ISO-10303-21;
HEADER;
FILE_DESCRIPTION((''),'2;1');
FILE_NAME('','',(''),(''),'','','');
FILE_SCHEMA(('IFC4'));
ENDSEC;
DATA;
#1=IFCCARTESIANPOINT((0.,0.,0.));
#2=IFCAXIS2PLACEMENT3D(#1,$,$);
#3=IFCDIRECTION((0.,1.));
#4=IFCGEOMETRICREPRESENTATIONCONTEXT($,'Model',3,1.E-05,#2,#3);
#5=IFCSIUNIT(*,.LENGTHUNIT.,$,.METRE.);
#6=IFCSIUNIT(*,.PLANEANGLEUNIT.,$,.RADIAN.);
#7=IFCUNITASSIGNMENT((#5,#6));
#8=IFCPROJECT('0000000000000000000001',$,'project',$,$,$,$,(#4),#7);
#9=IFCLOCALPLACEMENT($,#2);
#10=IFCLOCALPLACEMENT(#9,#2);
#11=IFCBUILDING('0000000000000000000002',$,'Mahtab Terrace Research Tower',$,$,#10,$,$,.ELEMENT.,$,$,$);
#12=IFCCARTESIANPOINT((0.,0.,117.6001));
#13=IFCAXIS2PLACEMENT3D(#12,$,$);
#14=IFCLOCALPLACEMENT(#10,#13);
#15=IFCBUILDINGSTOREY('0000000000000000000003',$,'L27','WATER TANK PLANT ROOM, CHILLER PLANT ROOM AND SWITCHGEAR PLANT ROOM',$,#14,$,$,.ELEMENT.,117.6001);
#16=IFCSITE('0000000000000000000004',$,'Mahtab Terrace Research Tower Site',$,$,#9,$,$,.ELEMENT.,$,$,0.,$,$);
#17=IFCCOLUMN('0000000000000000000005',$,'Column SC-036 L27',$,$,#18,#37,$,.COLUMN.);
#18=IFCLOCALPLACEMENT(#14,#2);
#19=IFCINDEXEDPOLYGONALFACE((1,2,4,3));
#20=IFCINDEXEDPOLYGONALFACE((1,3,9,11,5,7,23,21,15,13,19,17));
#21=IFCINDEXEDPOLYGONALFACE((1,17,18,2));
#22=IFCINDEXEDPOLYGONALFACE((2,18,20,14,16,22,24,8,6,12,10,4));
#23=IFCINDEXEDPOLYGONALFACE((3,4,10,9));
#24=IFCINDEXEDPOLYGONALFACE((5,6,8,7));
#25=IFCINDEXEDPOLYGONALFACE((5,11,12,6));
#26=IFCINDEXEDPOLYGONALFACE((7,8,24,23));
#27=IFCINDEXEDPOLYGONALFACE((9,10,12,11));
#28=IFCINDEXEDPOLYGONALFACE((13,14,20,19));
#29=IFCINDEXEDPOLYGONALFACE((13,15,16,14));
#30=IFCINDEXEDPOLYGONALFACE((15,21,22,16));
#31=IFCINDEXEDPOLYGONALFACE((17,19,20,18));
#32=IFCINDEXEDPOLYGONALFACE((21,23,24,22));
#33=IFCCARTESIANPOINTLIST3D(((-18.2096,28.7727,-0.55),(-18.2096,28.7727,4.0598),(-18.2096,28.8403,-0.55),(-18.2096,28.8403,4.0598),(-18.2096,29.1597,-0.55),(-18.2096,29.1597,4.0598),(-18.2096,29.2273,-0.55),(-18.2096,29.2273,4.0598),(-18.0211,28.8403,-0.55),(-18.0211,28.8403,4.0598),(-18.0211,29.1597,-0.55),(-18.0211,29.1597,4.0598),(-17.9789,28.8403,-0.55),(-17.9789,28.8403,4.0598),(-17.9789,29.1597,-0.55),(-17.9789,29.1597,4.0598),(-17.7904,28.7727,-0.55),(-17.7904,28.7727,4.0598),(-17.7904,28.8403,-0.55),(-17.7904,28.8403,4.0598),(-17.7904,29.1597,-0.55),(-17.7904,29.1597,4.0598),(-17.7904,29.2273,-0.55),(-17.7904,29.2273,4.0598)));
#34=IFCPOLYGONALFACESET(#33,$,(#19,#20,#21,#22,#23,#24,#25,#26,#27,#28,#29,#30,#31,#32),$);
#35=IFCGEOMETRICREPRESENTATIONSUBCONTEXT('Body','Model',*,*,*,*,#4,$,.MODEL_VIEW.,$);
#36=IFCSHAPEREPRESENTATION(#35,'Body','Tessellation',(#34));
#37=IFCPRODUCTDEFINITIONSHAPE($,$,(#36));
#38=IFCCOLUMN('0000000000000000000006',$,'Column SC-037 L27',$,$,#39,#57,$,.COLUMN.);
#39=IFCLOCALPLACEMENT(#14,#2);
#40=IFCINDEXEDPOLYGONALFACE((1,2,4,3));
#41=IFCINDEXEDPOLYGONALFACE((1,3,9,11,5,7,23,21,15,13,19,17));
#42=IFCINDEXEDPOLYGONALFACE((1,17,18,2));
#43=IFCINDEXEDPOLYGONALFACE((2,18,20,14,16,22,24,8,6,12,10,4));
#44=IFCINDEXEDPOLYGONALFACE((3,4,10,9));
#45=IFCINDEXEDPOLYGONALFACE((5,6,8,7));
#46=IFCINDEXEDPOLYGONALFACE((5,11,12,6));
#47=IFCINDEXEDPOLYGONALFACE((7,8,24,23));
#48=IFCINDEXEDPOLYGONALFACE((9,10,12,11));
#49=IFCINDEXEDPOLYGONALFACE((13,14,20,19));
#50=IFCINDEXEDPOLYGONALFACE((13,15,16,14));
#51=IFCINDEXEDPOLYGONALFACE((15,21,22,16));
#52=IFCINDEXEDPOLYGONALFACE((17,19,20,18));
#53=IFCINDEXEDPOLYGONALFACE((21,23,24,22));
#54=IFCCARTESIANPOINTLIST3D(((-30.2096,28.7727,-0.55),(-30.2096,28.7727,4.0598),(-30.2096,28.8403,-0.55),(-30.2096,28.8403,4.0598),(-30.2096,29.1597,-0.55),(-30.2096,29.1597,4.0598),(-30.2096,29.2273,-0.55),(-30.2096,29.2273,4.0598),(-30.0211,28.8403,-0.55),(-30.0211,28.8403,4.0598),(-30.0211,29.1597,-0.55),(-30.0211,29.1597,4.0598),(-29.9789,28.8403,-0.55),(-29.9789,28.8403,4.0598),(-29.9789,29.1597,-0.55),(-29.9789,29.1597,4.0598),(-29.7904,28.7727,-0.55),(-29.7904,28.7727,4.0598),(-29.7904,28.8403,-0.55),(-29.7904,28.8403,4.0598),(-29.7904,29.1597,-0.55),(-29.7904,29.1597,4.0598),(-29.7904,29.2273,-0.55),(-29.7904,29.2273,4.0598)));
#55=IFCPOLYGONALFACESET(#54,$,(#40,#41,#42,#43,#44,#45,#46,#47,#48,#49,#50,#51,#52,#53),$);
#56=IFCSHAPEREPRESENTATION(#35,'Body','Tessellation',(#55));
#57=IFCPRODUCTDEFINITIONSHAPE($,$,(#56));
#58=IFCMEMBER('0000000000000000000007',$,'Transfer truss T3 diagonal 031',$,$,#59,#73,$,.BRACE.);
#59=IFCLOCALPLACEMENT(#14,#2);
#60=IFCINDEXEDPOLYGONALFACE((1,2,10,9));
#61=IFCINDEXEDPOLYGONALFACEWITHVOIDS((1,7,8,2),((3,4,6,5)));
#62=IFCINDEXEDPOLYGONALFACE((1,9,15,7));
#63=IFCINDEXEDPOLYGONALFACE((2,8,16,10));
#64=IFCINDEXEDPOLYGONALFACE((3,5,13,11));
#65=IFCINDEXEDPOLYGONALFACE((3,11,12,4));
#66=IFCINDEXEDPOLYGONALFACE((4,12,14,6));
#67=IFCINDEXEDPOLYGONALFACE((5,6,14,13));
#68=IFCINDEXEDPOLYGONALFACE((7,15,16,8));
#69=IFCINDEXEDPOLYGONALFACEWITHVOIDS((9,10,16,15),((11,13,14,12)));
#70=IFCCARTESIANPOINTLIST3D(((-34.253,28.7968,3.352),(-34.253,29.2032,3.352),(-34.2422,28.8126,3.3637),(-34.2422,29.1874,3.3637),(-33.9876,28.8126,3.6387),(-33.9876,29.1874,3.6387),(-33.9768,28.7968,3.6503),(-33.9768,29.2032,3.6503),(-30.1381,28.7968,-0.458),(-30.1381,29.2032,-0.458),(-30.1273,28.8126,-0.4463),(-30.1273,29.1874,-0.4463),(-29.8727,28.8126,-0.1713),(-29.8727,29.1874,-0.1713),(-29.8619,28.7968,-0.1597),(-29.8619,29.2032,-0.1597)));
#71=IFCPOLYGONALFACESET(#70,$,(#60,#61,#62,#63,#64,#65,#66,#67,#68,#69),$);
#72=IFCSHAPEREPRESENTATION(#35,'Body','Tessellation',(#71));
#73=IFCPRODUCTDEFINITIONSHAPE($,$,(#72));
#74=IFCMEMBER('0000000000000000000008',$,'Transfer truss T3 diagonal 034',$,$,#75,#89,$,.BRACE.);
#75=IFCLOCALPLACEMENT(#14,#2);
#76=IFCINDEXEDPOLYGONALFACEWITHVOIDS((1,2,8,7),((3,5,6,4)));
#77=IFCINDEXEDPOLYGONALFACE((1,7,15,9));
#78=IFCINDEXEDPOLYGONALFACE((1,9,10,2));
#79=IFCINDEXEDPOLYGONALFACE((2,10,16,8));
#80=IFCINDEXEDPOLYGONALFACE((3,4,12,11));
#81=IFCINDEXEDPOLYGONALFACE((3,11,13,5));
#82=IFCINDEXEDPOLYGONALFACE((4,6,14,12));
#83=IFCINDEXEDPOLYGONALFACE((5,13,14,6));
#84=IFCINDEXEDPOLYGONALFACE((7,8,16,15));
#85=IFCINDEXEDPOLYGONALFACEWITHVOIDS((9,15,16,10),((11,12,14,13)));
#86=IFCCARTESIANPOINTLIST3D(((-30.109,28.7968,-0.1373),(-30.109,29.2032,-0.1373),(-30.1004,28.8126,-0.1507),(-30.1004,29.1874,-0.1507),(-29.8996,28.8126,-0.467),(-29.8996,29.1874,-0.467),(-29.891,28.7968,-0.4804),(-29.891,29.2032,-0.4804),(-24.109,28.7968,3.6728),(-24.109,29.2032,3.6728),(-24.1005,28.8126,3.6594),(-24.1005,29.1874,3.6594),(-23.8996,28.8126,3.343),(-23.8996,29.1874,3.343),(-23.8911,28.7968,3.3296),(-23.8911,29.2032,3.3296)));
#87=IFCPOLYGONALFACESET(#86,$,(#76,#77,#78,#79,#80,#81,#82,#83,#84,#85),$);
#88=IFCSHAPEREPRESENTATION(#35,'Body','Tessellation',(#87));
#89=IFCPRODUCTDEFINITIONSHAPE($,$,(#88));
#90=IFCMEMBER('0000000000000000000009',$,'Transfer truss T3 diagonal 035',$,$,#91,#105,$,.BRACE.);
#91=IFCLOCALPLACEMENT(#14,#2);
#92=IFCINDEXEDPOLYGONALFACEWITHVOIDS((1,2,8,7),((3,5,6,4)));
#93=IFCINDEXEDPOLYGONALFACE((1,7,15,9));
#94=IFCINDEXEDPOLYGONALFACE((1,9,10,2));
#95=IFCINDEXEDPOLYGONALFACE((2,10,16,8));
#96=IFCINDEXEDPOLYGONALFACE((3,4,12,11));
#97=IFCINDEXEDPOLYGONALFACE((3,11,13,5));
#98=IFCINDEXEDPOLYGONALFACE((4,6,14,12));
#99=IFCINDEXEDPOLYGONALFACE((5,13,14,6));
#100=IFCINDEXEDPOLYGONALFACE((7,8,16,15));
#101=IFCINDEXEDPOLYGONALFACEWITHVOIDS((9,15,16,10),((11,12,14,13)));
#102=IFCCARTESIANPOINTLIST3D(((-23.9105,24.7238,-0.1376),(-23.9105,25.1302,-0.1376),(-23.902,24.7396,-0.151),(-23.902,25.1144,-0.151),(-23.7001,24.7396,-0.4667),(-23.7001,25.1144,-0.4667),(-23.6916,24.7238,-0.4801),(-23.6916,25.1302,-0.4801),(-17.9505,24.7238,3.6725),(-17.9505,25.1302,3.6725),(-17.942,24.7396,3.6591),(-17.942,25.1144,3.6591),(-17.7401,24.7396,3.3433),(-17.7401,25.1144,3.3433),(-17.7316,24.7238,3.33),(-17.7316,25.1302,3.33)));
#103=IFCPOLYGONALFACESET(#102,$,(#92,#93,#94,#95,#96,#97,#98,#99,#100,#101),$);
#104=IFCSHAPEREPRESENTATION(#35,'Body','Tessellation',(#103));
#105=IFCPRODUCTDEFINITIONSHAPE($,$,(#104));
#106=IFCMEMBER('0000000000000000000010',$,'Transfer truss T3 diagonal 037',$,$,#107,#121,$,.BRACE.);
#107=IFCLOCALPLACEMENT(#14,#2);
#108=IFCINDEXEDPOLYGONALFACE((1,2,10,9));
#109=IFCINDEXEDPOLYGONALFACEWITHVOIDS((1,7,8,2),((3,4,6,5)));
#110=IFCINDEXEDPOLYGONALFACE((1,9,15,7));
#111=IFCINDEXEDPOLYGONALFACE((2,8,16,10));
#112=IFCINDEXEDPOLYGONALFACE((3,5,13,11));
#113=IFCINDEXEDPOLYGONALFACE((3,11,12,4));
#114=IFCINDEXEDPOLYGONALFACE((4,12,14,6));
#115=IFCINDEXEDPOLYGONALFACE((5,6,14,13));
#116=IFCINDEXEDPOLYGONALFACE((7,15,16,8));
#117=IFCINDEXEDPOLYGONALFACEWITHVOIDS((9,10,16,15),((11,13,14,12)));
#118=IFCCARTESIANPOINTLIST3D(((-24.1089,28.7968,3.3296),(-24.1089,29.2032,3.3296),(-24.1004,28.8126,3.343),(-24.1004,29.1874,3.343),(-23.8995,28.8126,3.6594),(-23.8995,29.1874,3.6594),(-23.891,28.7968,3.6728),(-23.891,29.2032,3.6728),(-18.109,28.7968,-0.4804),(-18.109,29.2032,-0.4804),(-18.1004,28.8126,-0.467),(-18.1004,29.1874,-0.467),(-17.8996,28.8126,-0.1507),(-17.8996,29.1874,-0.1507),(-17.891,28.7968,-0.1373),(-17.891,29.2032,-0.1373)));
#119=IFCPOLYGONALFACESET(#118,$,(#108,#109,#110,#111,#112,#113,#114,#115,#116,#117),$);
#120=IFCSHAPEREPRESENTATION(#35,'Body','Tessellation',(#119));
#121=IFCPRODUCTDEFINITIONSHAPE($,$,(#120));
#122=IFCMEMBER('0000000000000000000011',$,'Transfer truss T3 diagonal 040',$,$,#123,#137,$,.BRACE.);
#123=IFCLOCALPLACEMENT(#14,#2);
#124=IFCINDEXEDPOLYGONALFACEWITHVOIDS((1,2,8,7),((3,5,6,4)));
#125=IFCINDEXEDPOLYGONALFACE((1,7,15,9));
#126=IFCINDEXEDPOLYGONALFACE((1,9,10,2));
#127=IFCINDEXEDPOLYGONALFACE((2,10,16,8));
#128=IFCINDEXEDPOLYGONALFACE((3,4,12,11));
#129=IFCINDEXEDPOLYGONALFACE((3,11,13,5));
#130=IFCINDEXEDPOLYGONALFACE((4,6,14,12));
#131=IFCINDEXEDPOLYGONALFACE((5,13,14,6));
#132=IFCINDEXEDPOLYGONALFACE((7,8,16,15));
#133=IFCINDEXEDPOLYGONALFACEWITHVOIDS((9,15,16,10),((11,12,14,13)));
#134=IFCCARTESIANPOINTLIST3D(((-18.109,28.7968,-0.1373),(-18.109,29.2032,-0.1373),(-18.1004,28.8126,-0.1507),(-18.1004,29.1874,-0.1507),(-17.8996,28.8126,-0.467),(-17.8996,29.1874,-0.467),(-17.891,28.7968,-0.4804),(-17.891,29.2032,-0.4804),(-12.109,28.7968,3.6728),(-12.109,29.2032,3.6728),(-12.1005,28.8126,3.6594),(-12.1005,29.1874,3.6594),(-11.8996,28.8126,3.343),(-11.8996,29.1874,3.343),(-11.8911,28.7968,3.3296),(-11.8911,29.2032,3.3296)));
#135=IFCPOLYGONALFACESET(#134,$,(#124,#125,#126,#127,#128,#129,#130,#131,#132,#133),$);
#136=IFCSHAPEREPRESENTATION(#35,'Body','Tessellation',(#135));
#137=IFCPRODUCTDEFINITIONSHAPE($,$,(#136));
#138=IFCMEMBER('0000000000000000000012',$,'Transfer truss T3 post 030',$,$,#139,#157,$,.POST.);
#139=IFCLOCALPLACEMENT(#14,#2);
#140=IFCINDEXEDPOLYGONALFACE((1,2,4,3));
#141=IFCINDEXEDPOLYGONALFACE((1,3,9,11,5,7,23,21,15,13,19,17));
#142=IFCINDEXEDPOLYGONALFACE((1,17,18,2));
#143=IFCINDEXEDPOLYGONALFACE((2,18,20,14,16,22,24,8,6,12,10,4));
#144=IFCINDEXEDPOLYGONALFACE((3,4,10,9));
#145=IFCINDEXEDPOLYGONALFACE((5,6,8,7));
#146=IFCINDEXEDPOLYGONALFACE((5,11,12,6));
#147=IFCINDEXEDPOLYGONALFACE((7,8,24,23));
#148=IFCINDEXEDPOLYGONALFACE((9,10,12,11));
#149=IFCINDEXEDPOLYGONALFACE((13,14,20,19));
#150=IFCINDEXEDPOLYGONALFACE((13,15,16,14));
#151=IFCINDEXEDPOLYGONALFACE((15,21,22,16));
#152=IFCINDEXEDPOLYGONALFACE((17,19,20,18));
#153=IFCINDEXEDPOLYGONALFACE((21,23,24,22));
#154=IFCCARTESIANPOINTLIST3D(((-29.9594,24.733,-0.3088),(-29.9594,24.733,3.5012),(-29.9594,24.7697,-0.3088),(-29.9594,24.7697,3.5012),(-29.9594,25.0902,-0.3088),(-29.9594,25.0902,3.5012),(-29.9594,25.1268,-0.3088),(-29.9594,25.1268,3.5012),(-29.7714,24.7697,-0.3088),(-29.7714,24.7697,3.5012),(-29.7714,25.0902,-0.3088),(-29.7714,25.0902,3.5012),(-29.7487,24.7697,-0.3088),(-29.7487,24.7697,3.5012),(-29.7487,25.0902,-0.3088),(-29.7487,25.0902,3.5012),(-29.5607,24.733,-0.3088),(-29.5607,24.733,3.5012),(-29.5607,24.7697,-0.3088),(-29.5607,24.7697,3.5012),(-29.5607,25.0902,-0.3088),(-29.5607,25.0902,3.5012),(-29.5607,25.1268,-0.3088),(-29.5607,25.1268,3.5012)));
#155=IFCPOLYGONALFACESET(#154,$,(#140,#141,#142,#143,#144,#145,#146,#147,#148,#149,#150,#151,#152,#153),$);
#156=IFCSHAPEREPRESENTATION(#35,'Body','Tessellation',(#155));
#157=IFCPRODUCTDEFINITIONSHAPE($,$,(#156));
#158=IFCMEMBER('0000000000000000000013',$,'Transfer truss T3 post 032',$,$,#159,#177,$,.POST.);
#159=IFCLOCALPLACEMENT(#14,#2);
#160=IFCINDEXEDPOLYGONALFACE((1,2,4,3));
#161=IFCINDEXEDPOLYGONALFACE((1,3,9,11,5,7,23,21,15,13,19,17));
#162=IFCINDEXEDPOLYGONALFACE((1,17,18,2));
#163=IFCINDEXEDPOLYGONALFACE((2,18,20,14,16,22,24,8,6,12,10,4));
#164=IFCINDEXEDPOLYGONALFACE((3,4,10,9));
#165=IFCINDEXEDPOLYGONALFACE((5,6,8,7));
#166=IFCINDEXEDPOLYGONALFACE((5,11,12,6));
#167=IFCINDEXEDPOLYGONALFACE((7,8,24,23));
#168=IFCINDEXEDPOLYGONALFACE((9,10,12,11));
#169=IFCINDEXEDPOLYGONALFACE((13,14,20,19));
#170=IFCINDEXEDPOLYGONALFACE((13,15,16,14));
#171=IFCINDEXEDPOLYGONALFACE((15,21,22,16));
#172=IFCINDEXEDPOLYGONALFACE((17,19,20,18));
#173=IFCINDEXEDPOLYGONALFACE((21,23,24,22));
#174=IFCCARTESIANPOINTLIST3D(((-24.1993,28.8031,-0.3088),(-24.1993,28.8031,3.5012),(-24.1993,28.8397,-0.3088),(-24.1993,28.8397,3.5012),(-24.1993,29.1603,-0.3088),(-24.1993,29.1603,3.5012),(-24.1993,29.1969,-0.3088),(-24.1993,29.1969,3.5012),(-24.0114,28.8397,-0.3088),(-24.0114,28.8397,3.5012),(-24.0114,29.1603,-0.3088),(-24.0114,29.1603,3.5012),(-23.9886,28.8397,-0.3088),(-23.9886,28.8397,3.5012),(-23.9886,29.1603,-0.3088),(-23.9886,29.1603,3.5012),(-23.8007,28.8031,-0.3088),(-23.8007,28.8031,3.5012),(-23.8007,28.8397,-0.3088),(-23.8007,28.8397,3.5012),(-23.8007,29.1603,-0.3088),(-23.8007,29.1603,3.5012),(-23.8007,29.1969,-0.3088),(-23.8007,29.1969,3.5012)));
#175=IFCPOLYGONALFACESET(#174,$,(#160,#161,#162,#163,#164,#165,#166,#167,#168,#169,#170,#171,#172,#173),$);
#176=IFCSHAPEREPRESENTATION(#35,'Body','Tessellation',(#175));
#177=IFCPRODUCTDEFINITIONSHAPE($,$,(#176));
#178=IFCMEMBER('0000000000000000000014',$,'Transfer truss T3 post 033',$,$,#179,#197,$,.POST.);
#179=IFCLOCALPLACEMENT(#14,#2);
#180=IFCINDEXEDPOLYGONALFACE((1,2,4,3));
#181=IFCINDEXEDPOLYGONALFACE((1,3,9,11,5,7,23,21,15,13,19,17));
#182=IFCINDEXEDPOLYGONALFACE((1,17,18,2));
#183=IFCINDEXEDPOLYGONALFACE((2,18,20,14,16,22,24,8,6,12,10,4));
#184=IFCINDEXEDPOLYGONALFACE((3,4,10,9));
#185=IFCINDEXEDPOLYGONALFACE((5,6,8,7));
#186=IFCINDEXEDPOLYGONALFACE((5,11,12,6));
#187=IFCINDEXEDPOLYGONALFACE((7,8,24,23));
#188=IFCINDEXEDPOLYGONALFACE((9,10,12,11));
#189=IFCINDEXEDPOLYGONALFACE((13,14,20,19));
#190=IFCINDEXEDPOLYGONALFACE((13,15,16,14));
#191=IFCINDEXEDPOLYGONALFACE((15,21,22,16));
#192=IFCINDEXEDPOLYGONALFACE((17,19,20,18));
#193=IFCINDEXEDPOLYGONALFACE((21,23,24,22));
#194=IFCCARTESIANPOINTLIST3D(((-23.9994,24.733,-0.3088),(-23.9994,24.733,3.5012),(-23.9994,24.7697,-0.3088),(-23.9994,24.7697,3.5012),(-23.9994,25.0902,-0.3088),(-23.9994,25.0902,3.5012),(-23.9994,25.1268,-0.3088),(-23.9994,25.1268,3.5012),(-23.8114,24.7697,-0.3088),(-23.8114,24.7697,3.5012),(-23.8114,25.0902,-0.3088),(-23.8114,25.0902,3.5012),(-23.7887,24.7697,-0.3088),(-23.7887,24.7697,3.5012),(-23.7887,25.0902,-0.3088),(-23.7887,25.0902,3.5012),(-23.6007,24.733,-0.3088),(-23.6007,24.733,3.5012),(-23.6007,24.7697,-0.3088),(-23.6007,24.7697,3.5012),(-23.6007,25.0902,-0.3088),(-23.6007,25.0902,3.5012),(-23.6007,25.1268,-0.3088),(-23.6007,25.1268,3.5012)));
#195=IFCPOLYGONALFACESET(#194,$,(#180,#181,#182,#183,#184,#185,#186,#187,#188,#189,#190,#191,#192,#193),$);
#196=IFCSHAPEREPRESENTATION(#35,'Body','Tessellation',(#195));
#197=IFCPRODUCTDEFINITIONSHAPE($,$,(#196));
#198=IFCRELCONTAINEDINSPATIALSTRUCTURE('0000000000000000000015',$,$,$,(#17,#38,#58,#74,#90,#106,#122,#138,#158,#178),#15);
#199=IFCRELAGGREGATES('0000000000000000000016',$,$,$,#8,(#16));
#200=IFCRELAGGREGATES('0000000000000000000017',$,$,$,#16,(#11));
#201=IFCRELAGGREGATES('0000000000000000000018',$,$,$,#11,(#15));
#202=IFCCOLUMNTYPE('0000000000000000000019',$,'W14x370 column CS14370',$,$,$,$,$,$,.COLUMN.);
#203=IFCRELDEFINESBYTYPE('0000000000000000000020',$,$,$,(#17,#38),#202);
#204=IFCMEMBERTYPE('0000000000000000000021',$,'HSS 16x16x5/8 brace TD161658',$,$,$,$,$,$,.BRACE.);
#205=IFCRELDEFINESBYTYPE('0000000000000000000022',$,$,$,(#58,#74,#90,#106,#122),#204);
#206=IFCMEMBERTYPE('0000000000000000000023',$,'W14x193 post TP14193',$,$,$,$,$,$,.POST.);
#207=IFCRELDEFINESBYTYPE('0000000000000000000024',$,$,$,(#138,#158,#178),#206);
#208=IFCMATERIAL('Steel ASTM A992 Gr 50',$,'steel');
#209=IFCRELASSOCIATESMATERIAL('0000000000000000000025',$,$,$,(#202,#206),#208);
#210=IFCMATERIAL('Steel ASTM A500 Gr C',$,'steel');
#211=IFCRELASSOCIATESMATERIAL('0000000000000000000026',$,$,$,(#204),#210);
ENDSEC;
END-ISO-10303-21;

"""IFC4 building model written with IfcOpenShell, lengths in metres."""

from ifc_helpers import new_model, si_unit, direction, frame, origin, origin_2d, place, context, subcontext, project, spatial, hollow_rectangle, i_section, extrude, material, material_profile, profile_set, type_object, element, save


model = new_model("IFC4")

# Units and contexts
model_context = context("Model", 3, precision=1e-05, world=origin(), true_north=direction((0.0, 1.0)))
body_context = subcontext(model_context, "Body", "Model", "MODEL_VIEW")
ifc_project = project(units=[si_unit("LENGTHUNIT", "METRE"), si_unit("PLANEANGLEUNIT", "RADIAN")], contexts=[model_context])

# Site, building, storey
site_placement = place(None, origin())
site = spatial("IfcSite", under=ifc_project, at=site_placement, Name="Mahtab Terrace Research Tower Site", CompositionType="ELEMENT", RefElevation=0.0)
building_placement = place(site_placement, origin())
building = spatial("IfcBuilding", under=site, at=building_placement, Name="Mahtab Terrace Research Tower", CompositionType="ELEMENT")
storey_placement = place(building_placement, frame((0.0, 0.0, 117.6001)))
storey = spatial("IfcBuildingStorey", under=building, at=storey_placement, Name="L27", Description="WATER TANK PLANT ROOM, CHILLER PLANT ROOM AND SWITCHGEAR PLANT ROOM", CompositionType="ELEMENT", Elevation=117.6001)

# Columns
ifc_material_1 = material(Name="Steel ASTM A992 Gr 50", Category="steel")
ifc_material_profile_1 = material_profile(ifc_material_1, i_section(OverallWidth=0.4192, OverallDepth=0.4546, WebThickness=0.0422, FlangeThickness=0.0676, at=origin_2d()), Name="W14X370")
ifc_profile_set_1 = profile_set([ifc_material_profile_1], Name="Steel ASTM A992 Gr 50")
column_type = type_object("IfcColumnType", Name="W14x370 column CS14370", PredefinedType="COLUMN", material=ifc_profile_set_1)
for number, where, z_axis, x_axis, name in (
    (1, (-18.0, 29.0, -0.55), (0.0, 0.0, 1.0), (1.0, 0.0, 0.0), "Column SC-036 L27"),
    (2, (-30.0, 29.0, -0.55), (0.0, 0.0, 1.0), (1.0, 0.0, 0.0), "Column SC-037 L27"),
):
    element("IfcColumn", number, at=place(storey_placement, frame(where, z_axis=z_axis, x_axis=x_axis)), inside=storey, type_object=column_type, Name=name, PredefinedType="COLUMN", context=body_context, shape_type="SweptSolid", body=[
        extrude(i_section(OverallWidth=0.4192, OverallDepth=0.4546, WebThickness=0.0422, FlangeThickness=0.0676, at=origin_2d()), origin(), (0.0, 0.0, 1.0), 4.6099),
    ])

# Members
ifc_material_2 = material(Name="Steel ASTM A500 Gr C", Category="steel")
ifc_material_profile_2 = material_profile(ifc_material_2, hollow_rectangle(XDim=0.4065, YDim=0.4065, WallThickness=0.0159, at=origin_2d()), Name="HSS16X16X5/8")
ifc_profile_set_2 = profile_set([ifc_material_profile_2], Name="Steel ASTM A500 Gr C")
member_type_1 = type_object("IfcMemberType", Name="HSS 16x16x5/8 brace TD161658", PredefinedType="BRACE", material=ifc_profile_set_2)
member_1_placement = place(storey_placement, frame((-30.0, 29.0, -0.3088), z_axis=(-0.733771, 0.0, 0.679397), x_axis=(0.0, -1.0, 0.0)))
element("IfcMember", 3, at=member_1_placement, inside=storey, type_object=member_type_1, Name="Transfer truss T3 diagonal 031", PredefinedType="BRACE", context=body_context, shape_type="SweptSolid", body=[
    extrude(hollow_rectangle(XDim=0.4065, YDim=0.4065, WallThickness=0.0159, at=origin_2d()), origin(), (0.0, 0.0, 1.0), 5.6079),
])
member_2_placement = place(storey_placement, frame((-30.0, 29.0, -0.3088), z_axis=(0.844179, 0.0, 0.536062), x_axis=(0.0, 1.0, 0.0)))
element("IfcMember", 4, at=member_2_placement, inside=storey, type_object=member_type_1, Name="Transfer truss T3 diagonal 034", PredefinedType="BRACE", context=body_context, shape_type="SweptSolid", body=[
    extrude(hollow_rectangle(XDim=0.4065, YDim=0.4065, WallThickness=0.0159, at=origin_2d()), origin(), (0.0, 0.0, 1.0), 7.1074),
])
member_3_placement = place(storey_placement, frame((-23.801, 24.927, -0.3088), z_axis=(0.842548, 0.0, 0.538621), x_axis=(0.0, 1.0, 0.0)))
element("IfcMember", 5, at=member_3_placement, inside=storey, type_object=member_type_1, Name="Transfer truss T3 diagonal 035", PredefinedType="BRACE", context=body_context, shape_type="SweptSolid", body=[
    extrude(hollow_rectangle(XDim=0.4065, YDim=0.4065, WallThickness=0.0159, at=origin_2d()), origin(), (0.0, 0.0, 1.0), 7.0737),
])
for number, where, z_axis, x_axis, name in (
    (6, (-18.0, 29.0, -0.3088), (-0.844179, 0.0, 0.536062), (0.0, -1.0, 0.0), "Transfer truss T3 diagonal 037"),
    (7, (-18.0, 29.0, -0.3088), (0.844179, 0.0, 0.536062), (0.0, 1.0, 0.0), "Transfer truss T3 diagonal 040"),
):
    element("IfcMember", number, at=place(storey_placement, frame(where, z_axis=z_axis, x_axis=x_axis)), inside=storey, type_object=member_type_1, Name=name, PredefinedType="BRACE", context=body_context, shape_type="SweptSolid", body=[
        extrude(hollow_rectangle(XDim=0.4065, YDim=0.4065, WallThickness=0.0159, at=origin_2d()), origin(), (0.0, 0.0, 1.0), 7.1074),
    ])
ifc_material_profile_3 = material_profile(ifc_material_1, i_section(OverallWidth=0.3987, OverallDepth=0.3938, WebThickness=0.0227, FlangeThickness=0.0366, at=origin_2d()), Name="W14X193")
ifc_profile_set_3 = profile_set([ifc_material_profile_3], Name="Steel ASTM A992 Gr 50")
member_type_2 = type_object("IfcMemberType", Name="W14x193 post TP14193", PredefinedType="POST", material=ifc_profile_set_3)
for number, where, z_axis, x_axis, name in (
    (8, (-29.76, 24.9299, -0.3088), (0.0, 0.0, 1.0), (1.0, 0.0, 0.0), "Transfer truss T3 post 030"),
    (9, (-24.0, 29.0, -0.3088), (0.0, 0.0, 1.0), (1.0, 0.0, 0.0), "Transfer truss T3 post 032"),
    (10, (-23.8, 24.9299, -0.3088), (0.0, 0.0, 1.0), (1.0, 0.0, 0.0), "Transfer truss T3 post 033"),
):
    element("IfcMember", number, at=place(storey_placement, frame(where, z_axis=z_axis, x_axis=x_axis)), inside=storey, type_object=member_type_2, Name=name, PredefinedType="POST", context=body_context, shape_type="SweptSolid", body=[
        extrude(i_section(OverallWidth=0.3987, OverallDepth=0.3938, WebThickness=0.0227, FlangeThickness=0.0366, at=origin_2d()), origin(), (0.0, 0.0, 1.0), 3.8101),
    ])

save(model, "model.ifc")
